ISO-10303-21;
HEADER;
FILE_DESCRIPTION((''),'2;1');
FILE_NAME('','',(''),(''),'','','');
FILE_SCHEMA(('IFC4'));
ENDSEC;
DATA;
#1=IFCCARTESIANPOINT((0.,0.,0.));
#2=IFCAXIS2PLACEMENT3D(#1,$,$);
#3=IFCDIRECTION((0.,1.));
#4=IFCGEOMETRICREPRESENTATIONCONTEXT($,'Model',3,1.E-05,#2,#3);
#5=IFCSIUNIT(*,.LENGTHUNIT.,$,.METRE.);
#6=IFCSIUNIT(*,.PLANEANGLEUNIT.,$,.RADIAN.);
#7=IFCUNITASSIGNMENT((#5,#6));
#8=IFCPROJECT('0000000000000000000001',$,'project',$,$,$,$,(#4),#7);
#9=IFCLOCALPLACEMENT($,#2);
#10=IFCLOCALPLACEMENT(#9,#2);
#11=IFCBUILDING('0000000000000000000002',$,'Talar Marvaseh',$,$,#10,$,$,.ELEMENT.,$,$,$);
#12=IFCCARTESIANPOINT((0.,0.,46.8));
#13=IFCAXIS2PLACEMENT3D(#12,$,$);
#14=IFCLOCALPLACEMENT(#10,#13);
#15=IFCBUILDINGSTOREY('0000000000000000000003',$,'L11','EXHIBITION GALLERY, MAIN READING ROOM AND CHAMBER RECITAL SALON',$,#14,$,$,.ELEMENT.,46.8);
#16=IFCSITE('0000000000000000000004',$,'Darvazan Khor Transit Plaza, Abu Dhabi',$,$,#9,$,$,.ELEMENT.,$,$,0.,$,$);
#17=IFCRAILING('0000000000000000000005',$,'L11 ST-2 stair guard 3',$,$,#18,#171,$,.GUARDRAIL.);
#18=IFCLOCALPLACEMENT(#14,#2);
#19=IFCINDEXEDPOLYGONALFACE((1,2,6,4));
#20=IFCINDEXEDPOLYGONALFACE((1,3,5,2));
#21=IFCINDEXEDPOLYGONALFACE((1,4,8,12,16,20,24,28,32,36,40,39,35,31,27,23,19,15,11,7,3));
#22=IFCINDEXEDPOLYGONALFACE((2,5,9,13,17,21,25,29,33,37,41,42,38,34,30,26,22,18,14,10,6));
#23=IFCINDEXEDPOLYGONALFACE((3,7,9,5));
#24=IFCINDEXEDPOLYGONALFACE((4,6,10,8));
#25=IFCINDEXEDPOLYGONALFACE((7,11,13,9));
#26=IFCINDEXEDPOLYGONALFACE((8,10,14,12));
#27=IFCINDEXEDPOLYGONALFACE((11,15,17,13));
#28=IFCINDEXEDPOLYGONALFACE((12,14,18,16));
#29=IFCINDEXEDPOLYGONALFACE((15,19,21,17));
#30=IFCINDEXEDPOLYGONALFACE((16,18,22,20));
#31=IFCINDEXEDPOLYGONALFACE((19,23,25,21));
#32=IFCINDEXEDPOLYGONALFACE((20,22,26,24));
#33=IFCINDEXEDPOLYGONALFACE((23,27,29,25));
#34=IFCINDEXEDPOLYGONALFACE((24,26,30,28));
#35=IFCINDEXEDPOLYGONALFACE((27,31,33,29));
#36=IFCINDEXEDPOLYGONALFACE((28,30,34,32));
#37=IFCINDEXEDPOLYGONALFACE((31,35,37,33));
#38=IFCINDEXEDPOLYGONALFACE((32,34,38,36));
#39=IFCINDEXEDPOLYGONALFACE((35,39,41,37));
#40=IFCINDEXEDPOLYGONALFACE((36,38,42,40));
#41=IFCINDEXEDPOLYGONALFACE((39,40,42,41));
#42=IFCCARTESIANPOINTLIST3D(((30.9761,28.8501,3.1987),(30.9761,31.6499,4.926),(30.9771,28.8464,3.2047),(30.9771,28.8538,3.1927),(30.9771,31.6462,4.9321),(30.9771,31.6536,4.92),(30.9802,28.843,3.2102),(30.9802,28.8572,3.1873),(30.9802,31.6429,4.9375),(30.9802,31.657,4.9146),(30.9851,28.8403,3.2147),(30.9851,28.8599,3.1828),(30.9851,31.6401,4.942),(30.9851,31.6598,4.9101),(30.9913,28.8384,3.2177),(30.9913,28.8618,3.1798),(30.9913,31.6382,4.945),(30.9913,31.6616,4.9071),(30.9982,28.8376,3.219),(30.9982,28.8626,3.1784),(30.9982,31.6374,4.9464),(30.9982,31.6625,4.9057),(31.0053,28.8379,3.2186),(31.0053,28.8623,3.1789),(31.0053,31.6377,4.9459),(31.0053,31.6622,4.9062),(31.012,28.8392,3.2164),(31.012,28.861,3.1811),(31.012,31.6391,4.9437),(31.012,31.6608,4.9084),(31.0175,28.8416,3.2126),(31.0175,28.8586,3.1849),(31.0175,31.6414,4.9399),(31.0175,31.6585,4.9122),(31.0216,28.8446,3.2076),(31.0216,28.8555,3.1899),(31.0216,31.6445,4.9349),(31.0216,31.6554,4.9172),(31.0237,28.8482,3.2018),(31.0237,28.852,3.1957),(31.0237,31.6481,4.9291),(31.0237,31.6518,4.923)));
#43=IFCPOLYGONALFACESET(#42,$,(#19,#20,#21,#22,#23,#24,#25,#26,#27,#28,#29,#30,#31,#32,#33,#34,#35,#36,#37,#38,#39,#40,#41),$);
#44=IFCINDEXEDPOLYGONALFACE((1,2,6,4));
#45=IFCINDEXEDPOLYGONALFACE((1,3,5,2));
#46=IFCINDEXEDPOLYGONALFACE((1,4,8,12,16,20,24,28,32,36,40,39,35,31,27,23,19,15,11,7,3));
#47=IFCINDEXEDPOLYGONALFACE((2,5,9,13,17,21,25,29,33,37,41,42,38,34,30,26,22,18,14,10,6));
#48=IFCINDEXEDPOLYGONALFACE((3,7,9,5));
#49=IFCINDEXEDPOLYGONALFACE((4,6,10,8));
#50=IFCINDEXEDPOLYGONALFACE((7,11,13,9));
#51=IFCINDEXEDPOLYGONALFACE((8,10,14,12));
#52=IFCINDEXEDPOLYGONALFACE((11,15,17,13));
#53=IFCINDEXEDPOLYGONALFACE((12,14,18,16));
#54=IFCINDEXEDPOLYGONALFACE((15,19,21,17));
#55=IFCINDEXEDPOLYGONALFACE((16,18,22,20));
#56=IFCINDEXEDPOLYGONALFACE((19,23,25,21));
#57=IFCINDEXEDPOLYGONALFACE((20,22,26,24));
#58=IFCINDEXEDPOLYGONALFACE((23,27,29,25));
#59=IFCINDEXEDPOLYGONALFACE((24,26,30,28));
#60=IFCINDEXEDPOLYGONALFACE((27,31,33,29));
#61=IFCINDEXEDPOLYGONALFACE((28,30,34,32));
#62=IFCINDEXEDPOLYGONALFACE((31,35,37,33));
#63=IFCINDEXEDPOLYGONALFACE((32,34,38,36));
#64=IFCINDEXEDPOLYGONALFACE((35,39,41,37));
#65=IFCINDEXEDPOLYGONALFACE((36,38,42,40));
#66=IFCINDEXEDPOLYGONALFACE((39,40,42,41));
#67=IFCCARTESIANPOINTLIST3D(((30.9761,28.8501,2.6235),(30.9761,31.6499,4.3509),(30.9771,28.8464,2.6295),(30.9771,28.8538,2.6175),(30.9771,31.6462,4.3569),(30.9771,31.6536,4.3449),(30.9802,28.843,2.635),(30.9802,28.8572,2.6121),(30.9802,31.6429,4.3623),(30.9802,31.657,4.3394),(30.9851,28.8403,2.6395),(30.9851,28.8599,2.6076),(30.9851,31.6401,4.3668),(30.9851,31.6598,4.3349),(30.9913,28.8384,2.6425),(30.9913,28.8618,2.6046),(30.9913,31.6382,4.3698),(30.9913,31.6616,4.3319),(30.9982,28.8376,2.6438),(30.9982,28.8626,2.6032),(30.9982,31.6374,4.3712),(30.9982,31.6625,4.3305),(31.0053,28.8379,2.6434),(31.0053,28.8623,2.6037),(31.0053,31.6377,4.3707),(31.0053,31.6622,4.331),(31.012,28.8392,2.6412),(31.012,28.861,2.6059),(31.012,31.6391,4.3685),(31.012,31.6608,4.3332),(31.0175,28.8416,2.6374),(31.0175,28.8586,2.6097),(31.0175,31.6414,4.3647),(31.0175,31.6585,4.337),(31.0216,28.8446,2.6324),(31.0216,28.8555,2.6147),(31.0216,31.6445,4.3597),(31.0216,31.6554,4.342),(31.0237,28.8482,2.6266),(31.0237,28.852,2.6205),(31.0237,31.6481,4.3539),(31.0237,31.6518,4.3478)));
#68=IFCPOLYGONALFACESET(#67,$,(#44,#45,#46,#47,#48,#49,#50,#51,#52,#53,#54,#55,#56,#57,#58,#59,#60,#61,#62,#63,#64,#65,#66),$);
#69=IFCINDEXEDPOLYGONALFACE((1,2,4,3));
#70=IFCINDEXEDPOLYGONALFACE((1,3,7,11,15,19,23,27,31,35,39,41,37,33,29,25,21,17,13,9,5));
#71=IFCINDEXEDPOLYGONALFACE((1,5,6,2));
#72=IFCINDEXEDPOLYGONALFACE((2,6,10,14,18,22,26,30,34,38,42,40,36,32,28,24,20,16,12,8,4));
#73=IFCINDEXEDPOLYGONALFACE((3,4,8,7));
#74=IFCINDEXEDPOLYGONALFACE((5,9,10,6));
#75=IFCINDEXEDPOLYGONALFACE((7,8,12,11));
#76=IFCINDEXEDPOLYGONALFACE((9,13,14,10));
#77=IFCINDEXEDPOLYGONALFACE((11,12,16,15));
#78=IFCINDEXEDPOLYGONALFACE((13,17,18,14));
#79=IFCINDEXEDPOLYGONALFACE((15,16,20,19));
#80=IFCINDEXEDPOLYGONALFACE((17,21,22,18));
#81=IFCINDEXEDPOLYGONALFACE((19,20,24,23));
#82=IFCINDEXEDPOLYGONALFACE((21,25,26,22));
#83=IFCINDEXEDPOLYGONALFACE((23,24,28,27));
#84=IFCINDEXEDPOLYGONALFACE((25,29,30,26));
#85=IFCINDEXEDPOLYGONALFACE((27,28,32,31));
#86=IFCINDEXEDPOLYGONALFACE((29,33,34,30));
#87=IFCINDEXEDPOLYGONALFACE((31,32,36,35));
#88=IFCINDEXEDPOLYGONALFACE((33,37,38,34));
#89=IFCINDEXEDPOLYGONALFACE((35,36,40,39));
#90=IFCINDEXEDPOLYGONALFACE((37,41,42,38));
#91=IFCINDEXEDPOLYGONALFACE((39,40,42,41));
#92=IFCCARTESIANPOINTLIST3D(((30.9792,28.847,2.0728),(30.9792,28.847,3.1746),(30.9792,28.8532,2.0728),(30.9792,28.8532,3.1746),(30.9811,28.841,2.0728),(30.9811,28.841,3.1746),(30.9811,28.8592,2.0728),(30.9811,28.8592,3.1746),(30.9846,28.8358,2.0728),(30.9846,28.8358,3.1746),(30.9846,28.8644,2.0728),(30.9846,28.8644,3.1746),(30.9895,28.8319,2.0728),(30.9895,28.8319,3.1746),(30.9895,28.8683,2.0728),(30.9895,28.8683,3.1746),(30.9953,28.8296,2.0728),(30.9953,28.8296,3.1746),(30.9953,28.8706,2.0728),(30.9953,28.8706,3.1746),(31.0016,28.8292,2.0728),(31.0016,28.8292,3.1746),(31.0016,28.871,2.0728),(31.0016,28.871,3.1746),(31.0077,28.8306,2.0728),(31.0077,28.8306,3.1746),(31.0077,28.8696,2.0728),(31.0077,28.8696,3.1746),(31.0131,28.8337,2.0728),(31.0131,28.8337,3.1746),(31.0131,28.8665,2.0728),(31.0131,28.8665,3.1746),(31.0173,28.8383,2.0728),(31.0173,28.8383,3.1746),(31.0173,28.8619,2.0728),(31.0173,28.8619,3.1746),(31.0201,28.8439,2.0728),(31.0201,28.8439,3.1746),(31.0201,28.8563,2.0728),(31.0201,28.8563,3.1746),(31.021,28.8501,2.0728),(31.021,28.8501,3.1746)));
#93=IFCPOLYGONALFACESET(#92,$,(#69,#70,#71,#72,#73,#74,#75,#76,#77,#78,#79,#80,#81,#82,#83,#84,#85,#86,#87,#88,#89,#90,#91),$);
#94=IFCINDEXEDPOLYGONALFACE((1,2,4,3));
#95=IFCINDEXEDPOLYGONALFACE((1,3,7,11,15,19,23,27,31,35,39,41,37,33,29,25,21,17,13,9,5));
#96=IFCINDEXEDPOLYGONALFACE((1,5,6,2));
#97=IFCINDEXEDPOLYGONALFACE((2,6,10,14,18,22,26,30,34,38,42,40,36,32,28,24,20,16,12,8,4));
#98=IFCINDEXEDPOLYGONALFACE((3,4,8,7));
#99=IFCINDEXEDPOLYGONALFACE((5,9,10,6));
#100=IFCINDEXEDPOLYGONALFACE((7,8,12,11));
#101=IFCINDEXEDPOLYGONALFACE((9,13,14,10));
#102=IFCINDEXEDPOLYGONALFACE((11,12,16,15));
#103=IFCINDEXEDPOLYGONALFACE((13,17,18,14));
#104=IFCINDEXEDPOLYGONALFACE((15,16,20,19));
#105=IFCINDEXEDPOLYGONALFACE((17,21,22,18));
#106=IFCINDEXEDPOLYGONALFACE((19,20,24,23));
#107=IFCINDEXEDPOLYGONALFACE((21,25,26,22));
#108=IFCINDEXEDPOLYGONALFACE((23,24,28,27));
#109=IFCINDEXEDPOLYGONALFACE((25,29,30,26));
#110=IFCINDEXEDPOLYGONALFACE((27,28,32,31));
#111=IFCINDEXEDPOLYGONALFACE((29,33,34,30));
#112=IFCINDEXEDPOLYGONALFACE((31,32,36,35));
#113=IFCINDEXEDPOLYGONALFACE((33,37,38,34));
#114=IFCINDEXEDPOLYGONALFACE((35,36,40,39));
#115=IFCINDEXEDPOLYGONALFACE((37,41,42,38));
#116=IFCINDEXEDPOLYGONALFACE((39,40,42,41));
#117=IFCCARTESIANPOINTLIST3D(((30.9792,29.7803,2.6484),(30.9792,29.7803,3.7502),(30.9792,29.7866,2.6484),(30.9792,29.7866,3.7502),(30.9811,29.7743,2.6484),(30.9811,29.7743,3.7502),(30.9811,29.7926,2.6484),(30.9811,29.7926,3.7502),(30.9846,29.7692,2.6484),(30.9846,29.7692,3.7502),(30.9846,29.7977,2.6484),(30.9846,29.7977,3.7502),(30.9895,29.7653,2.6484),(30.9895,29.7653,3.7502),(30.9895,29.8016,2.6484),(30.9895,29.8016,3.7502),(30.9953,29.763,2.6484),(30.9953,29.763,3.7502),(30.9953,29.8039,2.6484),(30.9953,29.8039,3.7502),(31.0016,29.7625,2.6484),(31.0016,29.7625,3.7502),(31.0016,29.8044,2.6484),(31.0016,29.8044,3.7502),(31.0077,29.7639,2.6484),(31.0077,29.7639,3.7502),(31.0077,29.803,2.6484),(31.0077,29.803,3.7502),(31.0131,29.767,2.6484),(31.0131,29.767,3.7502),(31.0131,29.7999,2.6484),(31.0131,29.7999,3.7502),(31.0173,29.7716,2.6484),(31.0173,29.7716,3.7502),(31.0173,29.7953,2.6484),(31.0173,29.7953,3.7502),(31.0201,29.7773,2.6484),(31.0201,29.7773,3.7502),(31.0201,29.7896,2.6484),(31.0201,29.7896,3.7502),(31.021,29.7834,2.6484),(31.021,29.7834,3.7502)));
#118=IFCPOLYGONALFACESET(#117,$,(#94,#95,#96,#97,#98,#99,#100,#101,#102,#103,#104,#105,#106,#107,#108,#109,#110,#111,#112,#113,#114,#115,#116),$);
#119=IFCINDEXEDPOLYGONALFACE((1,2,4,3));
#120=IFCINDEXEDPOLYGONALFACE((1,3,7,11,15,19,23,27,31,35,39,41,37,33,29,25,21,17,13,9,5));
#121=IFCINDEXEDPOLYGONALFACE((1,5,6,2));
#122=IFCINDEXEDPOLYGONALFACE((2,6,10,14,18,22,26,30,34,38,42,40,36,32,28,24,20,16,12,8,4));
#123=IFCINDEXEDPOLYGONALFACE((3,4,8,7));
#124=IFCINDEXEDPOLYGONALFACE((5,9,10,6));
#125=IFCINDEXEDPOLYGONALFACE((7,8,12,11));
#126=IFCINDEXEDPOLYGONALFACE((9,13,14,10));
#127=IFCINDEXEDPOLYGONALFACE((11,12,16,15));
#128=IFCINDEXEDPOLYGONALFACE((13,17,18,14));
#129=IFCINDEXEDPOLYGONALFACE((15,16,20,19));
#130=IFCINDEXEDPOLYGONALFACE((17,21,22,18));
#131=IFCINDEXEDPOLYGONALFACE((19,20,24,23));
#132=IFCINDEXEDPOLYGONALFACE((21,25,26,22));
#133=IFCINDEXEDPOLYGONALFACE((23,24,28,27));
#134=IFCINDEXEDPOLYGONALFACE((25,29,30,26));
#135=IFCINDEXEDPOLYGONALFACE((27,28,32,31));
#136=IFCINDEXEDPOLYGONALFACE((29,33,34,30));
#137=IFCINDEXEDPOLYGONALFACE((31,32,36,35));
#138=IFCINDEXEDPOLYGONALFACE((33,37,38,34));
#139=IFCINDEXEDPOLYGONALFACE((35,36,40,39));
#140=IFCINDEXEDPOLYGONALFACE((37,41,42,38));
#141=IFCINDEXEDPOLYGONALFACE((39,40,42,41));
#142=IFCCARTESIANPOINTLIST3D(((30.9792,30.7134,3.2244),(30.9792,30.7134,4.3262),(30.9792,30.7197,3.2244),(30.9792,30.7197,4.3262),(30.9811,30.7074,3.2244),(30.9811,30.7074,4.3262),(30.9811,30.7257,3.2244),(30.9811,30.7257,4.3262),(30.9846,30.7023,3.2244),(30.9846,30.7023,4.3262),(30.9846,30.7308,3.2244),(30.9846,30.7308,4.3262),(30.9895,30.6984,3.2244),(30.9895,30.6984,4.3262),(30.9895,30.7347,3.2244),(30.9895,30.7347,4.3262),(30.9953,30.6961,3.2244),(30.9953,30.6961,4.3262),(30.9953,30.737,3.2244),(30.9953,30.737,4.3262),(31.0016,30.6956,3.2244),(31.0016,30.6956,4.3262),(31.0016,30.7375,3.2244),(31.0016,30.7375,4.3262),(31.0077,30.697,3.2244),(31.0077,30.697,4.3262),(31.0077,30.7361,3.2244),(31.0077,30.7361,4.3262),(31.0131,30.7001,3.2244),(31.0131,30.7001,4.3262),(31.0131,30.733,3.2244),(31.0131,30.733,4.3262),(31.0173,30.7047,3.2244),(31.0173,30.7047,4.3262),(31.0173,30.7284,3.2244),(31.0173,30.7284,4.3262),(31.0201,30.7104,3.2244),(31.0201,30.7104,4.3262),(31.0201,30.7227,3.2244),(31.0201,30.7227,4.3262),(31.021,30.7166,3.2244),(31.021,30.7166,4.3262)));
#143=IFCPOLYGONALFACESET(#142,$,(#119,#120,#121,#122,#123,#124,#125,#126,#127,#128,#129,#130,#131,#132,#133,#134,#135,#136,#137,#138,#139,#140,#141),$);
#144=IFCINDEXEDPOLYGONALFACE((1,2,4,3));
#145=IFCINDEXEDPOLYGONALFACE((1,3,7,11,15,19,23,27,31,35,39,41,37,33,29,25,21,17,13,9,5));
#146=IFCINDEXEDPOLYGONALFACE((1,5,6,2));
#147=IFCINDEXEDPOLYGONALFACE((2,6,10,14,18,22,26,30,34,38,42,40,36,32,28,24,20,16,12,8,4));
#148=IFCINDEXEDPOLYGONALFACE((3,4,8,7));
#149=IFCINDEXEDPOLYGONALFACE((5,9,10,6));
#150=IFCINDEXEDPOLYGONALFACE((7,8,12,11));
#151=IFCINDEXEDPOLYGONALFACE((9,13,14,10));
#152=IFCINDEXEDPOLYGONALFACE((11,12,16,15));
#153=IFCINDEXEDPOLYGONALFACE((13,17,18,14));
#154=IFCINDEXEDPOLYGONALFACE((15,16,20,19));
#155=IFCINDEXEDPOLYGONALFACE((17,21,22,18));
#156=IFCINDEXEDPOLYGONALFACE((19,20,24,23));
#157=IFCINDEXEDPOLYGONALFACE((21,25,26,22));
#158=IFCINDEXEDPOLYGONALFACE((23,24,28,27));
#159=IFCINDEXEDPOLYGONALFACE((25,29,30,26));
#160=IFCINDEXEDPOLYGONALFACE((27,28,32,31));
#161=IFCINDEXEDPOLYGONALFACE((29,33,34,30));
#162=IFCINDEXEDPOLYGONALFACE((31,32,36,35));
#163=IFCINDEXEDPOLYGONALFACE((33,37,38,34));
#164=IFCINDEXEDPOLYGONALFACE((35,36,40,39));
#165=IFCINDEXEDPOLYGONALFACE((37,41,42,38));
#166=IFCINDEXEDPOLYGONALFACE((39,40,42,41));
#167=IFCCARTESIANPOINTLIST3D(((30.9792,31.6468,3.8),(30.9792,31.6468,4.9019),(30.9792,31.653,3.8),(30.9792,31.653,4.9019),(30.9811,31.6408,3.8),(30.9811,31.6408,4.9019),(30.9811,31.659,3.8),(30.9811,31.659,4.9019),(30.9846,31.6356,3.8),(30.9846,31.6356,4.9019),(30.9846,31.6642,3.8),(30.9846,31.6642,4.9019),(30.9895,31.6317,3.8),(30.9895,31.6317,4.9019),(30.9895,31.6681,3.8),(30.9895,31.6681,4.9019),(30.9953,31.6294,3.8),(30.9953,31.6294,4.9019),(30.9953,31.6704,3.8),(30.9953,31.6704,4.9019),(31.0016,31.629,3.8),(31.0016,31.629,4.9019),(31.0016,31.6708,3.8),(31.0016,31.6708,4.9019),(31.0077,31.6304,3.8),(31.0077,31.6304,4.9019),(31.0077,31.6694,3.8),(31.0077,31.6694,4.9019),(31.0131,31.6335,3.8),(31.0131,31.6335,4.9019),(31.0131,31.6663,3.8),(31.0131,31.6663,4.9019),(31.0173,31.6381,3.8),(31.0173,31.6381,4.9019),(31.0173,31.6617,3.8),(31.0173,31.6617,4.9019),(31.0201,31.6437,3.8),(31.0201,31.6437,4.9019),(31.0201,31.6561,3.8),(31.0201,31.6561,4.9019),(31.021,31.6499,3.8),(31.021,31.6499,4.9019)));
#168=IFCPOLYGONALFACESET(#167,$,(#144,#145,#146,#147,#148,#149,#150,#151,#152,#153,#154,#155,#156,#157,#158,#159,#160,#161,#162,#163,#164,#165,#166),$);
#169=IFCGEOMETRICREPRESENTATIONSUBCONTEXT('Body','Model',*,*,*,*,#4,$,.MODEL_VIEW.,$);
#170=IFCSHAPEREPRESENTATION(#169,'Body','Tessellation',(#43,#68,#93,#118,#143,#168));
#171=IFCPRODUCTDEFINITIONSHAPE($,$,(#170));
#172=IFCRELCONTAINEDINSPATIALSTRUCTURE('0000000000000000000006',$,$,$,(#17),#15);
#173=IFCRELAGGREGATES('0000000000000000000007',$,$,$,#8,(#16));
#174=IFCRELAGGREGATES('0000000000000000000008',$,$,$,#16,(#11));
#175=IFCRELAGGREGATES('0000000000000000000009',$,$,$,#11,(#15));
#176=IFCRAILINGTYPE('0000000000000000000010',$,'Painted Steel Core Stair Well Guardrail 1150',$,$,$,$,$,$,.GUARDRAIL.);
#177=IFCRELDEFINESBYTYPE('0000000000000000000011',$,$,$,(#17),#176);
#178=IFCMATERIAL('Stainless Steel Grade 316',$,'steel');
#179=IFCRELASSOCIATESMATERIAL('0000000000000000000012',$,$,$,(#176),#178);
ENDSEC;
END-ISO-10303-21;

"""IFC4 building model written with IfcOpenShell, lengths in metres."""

from ifc_helpers import new_model, si_unit, direction, frame, origin, origin_2d, place, context, subcontext, project, spatial, circle, extrude, material, type_object, element, save


model = new_model("IFC4")

# Units and contexts
model_context = context("Model", 3, precision=1e-05, world=origin(), true_north=direction((0.0, 1.0)))
body_context = subcontext(model_context, "Body", "Model", "MODEL_VIEW")
ifc_project = project(units=[si_unit("LENGTHUNIT", "METRE"), si_unit("PLANEANGLEUNIT", "RADIAN")], contexts=[model_context])

# Site, building, storey
site_placement = place(None, origin())
site = spatial("IfcSite", under=ifc_project, at=site_placement, Name="Darvazan Khor Transit Plaza, Abu Dhabi", CompositionType="ELEMENT", RefElevation=0.0)
building_placement = place(site_placement, origin())
building = spatial("IfcBuilding", under=site, at=building_placement, Name="Talar Marvaseh", CompositionType="ELEMENT")
storey_placement = place(building_placement, frame((0.0, 0.0, 46.8)))
storey = spatial("IfcBuildingStorey", under=building, at=storey_placement, Name="L11", Description="EXHIBITION GALLERY, MAIN READING ROOM AND CHAMBER RECITAL SALON", CompositionType="ELEMENT", Elevation=46.8)

# Railing
ifc_material_1 = material(Name="Stainless Steel Grade 316", Category="steel")
railing_type_1 = type_object("IfcRailingType", Name="Painted Steel Core Stair Well Guardrail 1150", PredefinedType="GUARDRAIL", material=ifc_material_1)
railing_1_placement = place(storey_placement, frame((31.0, 28.8501, 2.0728)))
element("IfcRailing", 1, at=railing_1_placement, inside=storey, type_object=railing_type_1, Name="L11 ST-2 stair guard 3", PredefinedType="GUARDRAIL", context=body_context, shape_type="SweptSolid", body=[
    extrude(circle(Radius=0.0239, at=origin_2d()), frame((0.0, 0.0, 1.126), z_axis=(0.0, 0.851069, 0.525054), x_axis=(-1.0, 0.0, 0.0)), (0.0, 0.0, 1.0), 3.2898),
    extrude(circle(Radius=0.0239, at=origin_2d()), frame((0.0, 0.0, 0.5508), z_axis=(0.0, 0.851069, 0.525054), x_axis=(-1.0, 0.0, 0.0)), (0.0, 0.0, 1.0), 3.2898),
    extrude(circle(Radius=0.021, at=origin_2d()), origin(), (0.0, 0.0, 1.0), 1.1018),
    extrude(circle(Radius=0.021, at=origin_2d()), frame((0.0, 0.9333, 0.5757)), (0.0, 0.0, 1.0), 1.1018),
    extrude(circle(Radius=0.021, at=origin_2d()), frame((0.0, 1.8665, 1.1516)), (0.0, 0.0, 1.0), 1.1018),
    extrude(circle(Radius=0.021, at=origin_2d()), frame((0.0, 2.7998, 1.7273)), (0.0, 0.0, 1.0), 1.1018),
])

save(model, "model.ifc")
